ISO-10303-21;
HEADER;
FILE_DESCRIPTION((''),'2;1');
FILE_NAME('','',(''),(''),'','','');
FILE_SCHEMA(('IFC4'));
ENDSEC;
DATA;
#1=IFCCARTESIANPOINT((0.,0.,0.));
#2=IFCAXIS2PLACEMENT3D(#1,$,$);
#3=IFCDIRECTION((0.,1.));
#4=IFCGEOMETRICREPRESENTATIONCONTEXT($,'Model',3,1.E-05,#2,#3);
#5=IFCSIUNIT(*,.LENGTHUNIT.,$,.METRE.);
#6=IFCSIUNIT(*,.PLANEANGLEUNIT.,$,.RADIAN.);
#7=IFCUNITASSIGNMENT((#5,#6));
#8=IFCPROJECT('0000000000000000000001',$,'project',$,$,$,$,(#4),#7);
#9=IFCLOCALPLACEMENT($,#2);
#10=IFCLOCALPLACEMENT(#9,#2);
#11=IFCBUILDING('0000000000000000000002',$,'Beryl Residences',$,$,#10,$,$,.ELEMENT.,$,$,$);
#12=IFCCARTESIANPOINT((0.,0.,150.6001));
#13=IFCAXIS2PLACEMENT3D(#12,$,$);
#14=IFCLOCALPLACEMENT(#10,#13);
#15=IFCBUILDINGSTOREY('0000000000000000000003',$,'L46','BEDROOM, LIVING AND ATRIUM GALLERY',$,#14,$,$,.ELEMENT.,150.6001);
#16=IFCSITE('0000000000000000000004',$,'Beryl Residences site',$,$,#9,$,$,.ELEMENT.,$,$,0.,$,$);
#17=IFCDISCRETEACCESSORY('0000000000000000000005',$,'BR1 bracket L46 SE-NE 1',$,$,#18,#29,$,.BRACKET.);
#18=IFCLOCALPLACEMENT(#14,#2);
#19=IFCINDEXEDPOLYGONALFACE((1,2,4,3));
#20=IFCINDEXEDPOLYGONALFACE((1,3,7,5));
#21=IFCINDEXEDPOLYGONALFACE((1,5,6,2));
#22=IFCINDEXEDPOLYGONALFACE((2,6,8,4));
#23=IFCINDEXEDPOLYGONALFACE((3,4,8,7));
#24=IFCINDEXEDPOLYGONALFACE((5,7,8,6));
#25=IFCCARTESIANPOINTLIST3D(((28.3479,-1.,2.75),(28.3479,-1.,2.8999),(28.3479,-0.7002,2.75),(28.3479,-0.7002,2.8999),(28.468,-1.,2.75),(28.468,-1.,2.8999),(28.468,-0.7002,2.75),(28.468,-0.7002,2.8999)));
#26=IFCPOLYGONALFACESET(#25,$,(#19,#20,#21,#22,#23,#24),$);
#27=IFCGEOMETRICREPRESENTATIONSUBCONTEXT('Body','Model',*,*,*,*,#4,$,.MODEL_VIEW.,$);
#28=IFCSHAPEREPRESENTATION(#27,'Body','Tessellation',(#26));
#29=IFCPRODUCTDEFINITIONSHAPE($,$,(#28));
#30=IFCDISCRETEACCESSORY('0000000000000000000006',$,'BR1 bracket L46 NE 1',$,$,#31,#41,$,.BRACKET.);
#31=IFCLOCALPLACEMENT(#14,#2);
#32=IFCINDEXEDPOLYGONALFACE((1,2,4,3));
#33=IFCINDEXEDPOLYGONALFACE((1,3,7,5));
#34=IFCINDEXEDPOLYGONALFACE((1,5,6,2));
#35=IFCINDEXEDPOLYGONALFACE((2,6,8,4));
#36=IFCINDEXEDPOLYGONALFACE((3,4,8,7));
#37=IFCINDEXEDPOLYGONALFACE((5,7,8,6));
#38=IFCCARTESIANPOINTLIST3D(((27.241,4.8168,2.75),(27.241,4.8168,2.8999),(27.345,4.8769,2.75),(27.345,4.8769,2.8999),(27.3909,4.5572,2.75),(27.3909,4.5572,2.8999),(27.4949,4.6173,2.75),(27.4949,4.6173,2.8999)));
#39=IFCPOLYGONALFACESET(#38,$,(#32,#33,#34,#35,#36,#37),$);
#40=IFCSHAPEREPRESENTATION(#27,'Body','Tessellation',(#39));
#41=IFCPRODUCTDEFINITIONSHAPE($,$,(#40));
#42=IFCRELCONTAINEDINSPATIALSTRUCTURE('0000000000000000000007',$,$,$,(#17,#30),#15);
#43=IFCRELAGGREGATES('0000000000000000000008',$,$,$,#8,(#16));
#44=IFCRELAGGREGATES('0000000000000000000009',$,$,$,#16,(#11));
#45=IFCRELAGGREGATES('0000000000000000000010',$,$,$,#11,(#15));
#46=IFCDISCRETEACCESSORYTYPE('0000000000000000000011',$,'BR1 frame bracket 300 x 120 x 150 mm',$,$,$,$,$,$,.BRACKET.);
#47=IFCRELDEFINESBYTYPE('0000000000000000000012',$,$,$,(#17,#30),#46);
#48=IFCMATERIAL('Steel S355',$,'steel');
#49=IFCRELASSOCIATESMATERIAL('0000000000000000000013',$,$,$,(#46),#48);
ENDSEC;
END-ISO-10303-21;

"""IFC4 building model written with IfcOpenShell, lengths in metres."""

from ifc_helpers import new_model, si_unit, direction, frame, origin, place, context, subcontext, project, spatial, polyline, outline, extrude, source, transform, mapped, material, type_object, type_shapes, element, save


model = new_model("IFC4")

# Units and contexts
model_context = context("Model", 3, precision=1e-05, world=origin(), true_north=direction((0.0, 1.0)))
body_context = subcontext(model_context, "Body", "Model", "MODEL_VIEW")
ifc_project = project(units=[si_unit("LENGTHUNIT", "METRE"), si_unit("PLANEANGLEUNIT", "RADIAN")], contexts=[model_context])

# Site, building, storey
site_placement = place(None, origin())
site = spatial("IfcSite", under=ifc_project, at=site_placement, Name="Beryl Residences site", CompositionType="ELEMENT", RefElevation=0.0)
building_placement = place(site_placement, origin())
building = spatial("IfcBuilding", under=site, at=building_placement, Name="Beryl Residences", CompositionType="ELEMENT")
storey_placement = place(building_placement, frame((0.0, 0.0, 150.6001)))
storey = spatial("IfcBuildingStorey", under=building, at=storey_placement, Name="L46", Description="BEDROOM, LIVING AND ATRIUM GALLERY", CompositionType="ELEMENT", Elevation=150.6001)

# Discrete accessories
ifc_material_1 = material(Name="Steel S355", Category="steel")
discrete_accessory_type = type_object("IfcDiscreteAccessoryType", Name="BR1 frame bracket 300 x 120 x 150 mm", PredefinedType="BRACKET", material=ifc_material_1)
shared_shape_1 = source(origin(), body_context, "Body", "SweptSolid", [
    extrude(outline(polyline([(-0.1499, 0.0), (0.1499, 0.0), (0.1499, 0.1201), (-0.1499, 0.1201), (-0.1499, 0.0)])), origin(), (0.0, 0.0, 1.0), 0.1499),
])
type_shapes(discrete_accessory_type, [shared_shape_1])
for number, where, z_axis, x_axis, name in (
    (1, (28.3479, -0.8501, 2.75), (0.0, 0.0, 1.0), (0.0, -1.0, 0.0), "BR1 bracket L46 SE-NE 1"),
    (2, (27.3159, 4.687, 2.75), (0.0, 0.0, 1.0), (0.5, -0.866025, 0.0), "BR1 bracket L46 NE 1"),
):
    element("IfcDiscreteAccessory", number, at=place(storey_placement, frame(where, z_axis=z_axis, x_axis=x_axis)), inside=storey, type_object=discrete_accessory_type, Name=name, PredefinedType="BRACKET", context=body_context, shape_type="MappedRepresentation", body=[
        mapped(shared_shape_1, transform((0.0, 0.0, 0.0))),
    ])

save(model, "model.ifc")
